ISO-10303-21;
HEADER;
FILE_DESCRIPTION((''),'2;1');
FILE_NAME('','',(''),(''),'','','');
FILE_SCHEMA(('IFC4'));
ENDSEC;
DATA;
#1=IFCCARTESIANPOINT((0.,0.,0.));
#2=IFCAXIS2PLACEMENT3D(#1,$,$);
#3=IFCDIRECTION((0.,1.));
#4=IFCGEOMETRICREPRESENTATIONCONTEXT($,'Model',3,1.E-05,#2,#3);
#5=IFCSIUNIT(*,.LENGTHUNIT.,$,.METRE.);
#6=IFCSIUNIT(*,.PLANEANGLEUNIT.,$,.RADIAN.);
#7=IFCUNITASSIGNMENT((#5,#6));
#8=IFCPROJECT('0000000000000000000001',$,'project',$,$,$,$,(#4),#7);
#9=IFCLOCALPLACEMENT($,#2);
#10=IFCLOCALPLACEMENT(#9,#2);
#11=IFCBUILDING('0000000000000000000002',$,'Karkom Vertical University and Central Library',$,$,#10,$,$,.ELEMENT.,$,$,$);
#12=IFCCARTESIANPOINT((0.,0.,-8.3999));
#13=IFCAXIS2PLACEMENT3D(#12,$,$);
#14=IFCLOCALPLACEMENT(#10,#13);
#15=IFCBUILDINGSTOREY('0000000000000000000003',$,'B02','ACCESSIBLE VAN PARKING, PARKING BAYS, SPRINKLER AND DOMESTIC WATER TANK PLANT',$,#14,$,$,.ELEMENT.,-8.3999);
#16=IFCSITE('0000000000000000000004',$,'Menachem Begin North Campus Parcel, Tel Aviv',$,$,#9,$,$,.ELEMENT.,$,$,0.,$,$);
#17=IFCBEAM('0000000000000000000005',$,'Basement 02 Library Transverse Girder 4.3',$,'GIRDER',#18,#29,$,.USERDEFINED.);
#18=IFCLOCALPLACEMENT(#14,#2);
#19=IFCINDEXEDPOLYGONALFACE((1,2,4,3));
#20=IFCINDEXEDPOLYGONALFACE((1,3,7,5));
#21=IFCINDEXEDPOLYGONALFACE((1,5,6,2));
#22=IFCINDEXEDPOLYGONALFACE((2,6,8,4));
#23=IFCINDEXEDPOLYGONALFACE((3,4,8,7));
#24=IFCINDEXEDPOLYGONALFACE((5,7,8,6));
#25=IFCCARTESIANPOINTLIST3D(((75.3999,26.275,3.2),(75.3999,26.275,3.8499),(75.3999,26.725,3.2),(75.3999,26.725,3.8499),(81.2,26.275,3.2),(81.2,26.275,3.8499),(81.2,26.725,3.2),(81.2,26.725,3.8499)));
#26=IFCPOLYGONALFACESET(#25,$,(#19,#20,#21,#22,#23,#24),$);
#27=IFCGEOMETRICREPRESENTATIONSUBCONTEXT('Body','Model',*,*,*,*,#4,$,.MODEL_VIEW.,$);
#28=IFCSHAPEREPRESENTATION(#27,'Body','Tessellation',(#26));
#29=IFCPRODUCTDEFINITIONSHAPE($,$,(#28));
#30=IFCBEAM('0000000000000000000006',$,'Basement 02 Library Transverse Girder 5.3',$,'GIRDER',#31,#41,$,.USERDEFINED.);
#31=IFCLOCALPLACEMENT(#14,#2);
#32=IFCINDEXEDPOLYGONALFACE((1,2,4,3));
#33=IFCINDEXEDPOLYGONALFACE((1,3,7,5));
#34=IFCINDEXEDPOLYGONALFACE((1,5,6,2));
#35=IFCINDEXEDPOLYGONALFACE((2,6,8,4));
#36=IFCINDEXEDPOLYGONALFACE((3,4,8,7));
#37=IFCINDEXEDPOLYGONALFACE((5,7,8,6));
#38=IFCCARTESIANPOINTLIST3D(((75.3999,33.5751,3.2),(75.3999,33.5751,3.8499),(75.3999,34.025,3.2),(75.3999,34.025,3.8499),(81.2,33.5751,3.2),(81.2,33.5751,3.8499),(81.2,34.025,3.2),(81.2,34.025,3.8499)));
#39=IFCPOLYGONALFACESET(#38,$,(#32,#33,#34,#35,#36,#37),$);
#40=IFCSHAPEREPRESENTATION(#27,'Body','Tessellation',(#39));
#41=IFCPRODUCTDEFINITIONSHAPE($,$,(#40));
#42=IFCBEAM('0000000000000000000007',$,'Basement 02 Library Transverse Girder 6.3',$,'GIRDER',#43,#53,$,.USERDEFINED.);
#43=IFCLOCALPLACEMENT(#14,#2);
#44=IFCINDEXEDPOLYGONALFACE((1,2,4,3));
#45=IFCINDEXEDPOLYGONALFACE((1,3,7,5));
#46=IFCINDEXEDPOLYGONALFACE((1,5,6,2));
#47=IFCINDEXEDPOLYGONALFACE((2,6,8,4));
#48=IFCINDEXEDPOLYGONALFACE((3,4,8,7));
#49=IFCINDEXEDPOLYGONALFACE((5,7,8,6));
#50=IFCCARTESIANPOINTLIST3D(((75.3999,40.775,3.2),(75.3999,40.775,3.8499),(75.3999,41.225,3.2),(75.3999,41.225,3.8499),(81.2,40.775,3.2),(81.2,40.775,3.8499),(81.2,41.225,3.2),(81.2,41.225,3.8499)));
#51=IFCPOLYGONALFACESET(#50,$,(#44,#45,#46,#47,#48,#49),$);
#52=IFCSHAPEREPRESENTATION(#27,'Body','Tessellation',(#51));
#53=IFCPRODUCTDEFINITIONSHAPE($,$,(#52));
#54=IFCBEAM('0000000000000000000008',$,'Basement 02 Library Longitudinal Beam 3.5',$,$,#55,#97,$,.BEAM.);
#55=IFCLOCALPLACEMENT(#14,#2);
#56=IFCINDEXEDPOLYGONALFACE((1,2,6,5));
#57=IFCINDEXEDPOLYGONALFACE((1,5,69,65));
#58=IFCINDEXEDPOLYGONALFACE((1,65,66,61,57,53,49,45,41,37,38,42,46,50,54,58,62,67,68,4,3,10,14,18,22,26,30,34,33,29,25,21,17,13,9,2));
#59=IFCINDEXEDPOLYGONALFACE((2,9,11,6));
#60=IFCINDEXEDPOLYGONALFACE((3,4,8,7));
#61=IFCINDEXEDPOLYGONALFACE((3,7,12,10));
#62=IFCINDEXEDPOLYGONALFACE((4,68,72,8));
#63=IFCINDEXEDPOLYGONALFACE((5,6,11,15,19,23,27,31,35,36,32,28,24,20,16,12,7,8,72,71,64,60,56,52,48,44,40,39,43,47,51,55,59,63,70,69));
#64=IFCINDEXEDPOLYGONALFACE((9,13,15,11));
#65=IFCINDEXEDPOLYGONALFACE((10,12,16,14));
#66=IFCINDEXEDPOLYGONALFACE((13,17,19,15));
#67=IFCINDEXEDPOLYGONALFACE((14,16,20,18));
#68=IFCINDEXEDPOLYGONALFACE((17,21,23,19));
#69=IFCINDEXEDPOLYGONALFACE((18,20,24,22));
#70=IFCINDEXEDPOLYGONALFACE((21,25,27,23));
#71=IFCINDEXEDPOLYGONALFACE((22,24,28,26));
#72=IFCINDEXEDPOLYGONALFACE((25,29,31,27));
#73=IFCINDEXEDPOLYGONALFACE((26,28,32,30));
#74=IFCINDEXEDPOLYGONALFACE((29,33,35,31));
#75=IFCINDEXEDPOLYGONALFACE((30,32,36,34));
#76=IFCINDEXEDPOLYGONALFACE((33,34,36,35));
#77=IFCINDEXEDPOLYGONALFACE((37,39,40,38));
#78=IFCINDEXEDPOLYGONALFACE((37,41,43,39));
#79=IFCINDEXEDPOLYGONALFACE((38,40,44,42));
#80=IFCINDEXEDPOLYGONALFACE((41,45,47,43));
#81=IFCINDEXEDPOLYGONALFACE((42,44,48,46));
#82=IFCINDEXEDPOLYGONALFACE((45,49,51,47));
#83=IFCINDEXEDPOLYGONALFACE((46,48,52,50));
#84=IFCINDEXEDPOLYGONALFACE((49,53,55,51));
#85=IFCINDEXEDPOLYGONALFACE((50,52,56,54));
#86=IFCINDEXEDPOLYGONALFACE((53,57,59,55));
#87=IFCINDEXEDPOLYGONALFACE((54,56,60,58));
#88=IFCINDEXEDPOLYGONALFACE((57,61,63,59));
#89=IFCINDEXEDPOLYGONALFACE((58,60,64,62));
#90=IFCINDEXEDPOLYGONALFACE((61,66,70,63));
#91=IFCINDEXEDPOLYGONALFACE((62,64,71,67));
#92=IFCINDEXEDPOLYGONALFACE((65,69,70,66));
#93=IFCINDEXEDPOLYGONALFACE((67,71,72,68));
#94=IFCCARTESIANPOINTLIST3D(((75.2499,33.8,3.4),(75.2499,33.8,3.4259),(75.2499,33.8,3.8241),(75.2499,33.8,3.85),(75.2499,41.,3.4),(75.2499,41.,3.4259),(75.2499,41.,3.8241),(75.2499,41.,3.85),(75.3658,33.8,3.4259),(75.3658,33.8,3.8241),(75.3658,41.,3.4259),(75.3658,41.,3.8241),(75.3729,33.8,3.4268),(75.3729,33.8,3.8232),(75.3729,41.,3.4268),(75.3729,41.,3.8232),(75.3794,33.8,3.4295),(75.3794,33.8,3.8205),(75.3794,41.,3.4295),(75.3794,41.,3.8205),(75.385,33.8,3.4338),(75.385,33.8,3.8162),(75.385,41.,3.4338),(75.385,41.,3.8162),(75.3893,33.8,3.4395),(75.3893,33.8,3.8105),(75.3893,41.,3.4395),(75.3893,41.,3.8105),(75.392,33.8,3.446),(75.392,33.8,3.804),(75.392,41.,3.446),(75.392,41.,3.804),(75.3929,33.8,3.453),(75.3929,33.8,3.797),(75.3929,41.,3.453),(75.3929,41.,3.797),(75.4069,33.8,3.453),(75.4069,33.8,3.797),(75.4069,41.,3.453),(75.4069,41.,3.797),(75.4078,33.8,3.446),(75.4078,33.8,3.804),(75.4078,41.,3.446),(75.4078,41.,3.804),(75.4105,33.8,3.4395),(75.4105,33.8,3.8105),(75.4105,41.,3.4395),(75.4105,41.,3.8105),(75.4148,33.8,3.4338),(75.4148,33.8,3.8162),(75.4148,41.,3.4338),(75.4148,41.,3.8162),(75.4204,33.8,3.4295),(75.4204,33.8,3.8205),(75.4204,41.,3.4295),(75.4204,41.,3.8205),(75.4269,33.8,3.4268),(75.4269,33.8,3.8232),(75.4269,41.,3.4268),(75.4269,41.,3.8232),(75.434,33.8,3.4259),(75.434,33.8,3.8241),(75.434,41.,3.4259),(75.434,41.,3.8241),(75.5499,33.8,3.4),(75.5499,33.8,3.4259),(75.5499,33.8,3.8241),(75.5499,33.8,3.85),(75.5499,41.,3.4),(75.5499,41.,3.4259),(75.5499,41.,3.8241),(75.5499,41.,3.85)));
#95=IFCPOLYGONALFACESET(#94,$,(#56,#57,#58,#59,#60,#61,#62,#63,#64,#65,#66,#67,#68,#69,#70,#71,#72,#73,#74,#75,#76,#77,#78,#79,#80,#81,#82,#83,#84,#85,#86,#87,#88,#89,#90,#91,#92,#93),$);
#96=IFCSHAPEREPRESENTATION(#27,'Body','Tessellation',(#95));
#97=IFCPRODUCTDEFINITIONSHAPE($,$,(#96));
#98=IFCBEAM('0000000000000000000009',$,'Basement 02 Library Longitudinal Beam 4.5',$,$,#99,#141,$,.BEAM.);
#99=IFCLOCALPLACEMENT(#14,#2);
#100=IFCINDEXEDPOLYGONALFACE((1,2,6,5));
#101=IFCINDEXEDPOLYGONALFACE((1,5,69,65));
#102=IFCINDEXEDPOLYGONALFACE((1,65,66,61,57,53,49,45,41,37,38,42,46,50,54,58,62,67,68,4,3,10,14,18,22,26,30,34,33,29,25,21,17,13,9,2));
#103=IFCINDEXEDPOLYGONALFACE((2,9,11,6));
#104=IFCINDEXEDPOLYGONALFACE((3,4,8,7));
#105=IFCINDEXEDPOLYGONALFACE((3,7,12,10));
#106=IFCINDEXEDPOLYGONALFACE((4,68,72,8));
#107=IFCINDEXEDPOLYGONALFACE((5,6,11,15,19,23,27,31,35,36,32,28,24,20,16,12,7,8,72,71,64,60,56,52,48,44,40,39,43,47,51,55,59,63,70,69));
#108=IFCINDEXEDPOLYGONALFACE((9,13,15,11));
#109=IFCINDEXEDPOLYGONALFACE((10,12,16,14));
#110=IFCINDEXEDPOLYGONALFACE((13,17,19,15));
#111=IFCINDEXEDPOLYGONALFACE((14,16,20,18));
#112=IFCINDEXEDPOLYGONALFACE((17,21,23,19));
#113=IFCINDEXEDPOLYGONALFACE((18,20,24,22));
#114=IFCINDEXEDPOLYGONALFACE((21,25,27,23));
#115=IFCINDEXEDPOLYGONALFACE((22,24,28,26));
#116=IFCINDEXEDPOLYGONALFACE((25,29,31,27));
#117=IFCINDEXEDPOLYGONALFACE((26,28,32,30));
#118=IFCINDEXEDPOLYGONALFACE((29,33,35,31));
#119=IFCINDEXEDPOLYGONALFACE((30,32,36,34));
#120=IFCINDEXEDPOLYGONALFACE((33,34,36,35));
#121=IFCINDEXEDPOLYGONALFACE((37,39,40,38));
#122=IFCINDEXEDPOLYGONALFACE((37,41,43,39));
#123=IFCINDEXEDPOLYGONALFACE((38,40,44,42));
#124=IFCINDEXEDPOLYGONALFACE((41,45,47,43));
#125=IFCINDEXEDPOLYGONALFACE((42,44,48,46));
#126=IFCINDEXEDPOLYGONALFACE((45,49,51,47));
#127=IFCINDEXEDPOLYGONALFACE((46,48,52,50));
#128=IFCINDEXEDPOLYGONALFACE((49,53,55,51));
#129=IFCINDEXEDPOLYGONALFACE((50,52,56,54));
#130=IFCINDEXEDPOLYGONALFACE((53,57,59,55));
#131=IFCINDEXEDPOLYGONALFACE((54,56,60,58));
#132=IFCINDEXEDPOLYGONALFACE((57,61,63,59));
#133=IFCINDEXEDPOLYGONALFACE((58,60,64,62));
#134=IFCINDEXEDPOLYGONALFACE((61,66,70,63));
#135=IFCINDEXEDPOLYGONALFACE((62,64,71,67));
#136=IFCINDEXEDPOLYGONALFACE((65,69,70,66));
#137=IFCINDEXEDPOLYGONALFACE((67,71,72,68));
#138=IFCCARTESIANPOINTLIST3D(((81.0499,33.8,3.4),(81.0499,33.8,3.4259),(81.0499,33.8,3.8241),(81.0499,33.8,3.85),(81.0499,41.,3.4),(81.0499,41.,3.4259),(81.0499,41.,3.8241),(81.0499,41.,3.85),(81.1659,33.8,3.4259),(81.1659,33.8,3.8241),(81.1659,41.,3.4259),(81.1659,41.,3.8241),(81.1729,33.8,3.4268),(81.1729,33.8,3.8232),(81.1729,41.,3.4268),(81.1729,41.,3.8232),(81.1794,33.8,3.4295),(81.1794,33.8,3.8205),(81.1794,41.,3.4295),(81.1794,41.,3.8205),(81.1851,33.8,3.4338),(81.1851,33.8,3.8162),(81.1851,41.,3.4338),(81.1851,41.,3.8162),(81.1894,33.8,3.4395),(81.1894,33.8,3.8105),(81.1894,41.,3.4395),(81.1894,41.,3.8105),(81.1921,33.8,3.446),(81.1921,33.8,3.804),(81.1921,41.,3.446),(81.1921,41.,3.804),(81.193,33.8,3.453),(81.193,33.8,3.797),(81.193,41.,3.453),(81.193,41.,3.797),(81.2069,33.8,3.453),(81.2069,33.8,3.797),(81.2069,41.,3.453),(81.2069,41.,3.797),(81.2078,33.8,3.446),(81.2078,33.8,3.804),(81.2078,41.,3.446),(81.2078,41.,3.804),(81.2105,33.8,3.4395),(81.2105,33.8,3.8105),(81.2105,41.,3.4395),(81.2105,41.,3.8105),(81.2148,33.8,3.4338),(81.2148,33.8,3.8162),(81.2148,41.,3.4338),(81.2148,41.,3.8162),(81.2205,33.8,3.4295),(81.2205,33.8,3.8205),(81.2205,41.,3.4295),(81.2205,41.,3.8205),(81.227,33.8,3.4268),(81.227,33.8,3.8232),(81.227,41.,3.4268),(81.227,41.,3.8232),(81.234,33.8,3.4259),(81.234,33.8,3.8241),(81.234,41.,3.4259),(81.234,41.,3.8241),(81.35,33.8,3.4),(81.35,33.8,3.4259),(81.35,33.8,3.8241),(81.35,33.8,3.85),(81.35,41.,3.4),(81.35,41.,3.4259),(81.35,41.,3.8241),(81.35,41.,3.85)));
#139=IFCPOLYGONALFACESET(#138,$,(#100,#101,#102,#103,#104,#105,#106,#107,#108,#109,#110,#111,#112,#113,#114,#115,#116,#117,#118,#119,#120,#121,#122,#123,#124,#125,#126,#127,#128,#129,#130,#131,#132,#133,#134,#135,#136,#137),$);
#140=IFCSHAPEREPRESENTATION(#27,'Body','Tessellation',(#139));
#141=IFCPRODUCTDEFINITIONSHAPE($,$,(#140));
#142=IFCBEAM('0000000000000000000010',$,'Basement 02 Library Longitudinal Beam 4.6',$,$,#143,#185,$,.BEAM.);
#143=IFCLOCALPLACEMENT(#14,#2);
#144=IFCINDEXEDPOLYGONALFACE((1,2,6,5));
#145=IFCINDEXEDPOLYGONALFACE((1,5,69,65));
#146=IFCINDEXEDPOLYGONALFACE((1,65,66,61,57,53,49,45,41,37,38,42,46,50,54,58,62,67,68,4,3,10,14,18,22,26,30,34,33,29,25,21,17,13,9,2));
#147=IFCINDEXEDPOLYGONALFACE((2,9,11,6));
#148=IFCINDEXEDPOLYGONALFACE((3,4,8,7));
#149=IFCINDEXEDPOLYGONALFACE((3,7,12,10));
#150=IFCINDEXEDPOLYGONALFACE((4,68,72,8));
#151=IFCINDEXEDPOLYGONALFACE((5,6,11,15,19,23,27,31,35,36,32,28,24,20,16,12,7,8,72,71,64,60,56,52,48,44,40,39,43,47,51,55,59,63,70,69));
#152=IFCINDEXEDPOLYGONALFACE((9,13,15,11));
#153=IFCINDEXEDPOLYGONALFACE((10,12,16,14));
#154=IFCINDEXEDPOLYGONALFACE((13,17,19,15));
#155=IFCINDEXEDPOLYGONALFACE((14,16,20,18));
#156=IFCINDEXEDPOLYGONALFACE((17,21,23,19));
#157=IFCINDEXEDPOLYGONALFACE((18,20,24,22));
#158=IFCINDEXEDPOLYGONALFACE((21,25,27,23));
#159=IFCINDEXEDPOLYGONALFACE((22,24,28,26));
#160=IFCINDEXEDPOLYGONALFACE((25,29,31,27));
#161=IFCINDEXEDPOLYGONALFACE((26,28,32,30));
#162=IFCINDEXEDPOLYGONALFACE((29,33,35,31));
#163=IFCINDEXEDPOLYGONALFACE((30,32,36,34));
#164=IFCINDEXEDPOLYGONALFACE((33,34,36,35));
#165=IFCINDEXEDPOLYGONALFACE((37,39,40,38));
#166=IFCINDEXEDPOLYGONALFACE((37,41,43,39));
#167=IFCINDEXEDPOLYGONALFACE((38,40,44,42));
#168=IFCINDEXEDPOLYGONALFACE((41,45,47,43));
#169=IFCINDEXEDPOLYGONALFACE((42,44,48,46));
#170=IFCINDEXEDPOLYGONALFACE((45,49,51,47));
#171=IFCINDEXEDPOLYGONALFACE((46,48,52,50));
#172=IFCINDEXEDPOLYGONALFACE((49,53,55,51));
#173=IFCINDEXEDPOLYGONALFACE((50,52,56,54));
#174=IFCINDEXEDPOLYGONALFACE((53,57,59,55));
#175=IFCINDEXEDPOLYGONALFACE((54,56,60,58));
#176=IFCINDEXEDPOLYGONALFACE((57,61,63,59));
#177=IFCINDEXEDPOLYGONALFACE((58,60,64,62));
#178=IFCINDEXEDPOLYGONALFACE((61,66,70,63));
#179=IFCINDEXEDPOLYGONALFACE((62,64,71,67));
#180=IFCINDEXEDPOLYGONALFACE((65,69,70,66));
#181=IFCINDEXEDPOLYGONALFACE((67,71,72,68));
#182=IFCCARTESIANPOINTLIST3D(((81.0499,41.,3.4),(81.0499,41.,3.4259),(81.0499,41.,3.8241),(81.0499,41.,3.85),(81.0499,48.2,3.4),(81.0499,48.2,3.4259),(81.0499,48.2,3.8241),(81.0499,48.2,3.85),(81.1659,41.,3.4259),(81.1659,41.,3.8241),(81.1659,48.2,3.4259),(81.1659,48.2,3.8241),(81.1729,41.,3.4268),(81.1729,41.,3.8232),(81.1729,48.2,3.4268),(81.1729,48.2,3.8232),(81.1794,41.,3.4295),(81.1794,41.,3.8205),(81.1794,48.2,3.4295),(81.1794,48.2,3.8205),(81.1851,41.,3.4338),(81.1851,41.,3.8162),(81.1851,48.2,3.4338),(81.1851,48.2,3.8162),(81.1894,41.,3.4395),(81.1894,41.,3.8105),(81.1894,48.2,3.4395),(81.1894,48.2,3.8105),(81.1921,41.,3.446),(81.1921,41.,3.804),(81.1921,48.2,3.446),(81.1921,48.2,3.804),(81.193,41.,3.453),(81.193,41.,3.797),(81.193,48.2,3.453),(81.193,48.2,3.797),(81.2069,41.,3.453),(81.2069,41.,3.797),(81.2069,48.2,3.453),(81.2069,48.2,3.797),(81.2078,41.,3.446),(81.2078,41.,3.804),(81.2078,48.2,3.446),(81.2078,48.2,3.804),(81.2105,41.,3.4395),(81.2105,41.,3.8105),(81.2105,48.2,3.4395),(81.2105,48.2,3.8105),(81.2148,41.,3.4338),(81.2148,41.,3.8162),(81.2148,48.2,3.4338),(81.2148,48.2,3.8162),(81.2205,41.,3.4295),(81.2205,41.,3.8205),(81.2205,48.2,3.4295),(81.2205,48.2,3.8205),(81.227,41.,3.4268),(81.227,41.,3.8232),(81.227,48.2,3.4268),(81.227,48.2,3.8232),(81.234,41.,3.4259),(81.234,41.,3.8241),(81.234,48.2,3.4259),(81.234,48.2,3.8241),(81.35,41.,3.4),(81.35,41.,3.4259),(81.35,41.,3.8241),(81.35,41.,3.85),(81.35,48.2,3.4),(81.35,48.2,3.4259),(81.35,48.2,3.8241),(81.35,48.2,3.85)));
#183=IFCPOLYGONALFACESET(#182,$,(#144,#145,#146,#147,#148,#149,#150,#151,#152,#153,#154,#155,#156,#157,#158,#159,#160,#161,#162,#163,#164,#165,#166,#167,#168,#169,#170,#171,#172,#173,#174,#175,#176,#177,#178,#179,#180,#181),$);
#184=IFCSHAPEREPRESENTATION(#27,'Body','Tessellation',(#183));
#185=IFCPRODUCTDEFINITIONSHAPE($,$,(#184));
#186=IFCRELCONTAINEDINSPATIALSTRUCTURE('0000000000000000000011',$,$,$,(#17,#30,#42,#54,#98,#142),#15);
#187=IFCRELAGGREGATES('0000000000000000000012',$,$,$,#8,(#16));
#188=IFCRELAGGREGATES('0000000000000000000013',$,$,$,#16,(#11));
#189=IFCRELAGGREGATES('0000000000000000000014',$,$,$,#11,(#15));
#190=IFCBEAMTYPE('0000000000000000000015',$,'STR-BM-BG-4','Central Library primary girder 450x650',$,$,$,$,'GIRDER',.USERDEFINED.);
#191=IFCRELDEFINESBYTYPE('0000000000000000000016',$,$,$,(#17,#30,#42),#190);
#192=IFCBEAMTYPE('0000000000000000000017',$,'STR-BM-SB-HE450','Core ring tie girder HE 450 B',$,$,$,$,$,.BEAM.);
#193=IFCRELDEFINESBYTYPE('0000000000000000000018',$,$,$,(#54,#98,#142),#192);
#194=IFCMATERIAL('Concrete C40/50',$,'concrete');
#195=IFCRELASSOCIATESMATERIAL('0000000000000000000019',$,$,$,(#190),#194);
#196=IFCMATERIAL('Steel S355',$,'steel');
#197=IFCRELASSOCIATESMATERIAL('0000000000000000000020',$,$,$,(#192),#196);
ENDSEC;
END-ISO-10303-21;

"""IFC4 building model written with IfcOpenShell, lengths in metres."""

from ifc_helpers import new_model, si_unit, direction, frame, origin, origin_with_axes, origin_2d, place, context, subcontext, project, spatial, rectangle, i_section, extrude, source, transform, mapped, material, material_profile, profile_set, type_object, element, save


model = new_model("IFC4")

# Units and contexts
model_context = context("Model", 3, precision=1e-05, world=origin(), true_north=direction((0.0, 1.0)))
body_context = subcontext(model_context, "Body", "Model", "MODEL_VIEW")
ifc_project = project(units=[si_unit("LENGTHUNIT", "METRE"), si_unit("PLANEANGLEUNIT", "RADIAN")], contexts=[model_context])

# Site, building, storey
site_placement = place(None, origin())
site = spatial("IfcSite", under=ifc_project, at=site_placement, Name="Menachem Begin North Campus Parcel, Tel Aviv", CompositionType="ELEMENT", RefElevation=0.0)
building_placement = place(site_placement, origin())
building = spatial("IfcBuilding", under=site, at=building_placement, Name="Karkom Vertical University and Central Library", CompositionType="ELEMENT")
storey_placement = place(building_placement, frame((0.0, 0.0, -8.3999)))
storey = spatial("IfcBuildingStorey", under=building, at=storey_placement, Name="B02", Description="ACCESSIBLE VAN PARKING, PARKING BAYS, SPRINKLER AND DOMESTIC WATER TANK PLANT", CompositionType="ELEMENT", Elevation=-8.3999)

# Shared definitions
ifc_material_1 = material(Name="Concrete C40/50", Category="concrete")

# Beams
ifc_material_profile_1 = material_profile(ifc_material_1, rectangle(XDim=0.45, YDim=0.6499, at=origin_2d()), Name="RCB-450x650")
ifc_profile_set_1 = profile_set([ifc_material_profile_1], Name="Concrete C40/50")
beam_type_1 = type_object("IfcBeamType", Name="STR-BM-BG-4", Description="Central Library primary girder 450x650", ElementType="GIRDER", PredefinedType="USERDEFINED", material=ifc_profile_set_1)
shared_shape_1 = source(origin_with_axes(), body_context, "Body", "SweptSolid", [
    extrude(rectangle(XDim=0.45, YDim=0.6499, at=origin_2d()), origin(), (0.0, 0.0, 1.0), 5.8),
])
for number, where, z_axis, x_axis, name in (
    (1, (75.3999, 26.5, 3.5249), (1.0, 0.0, 0.0), (0.0, 1.0, 0.0), "Basement 02 Library Transverse Girder 4.3"),
    (2, (75.3999, 33.8, 3.5249), (1.0, 0.0, 0.0), (0.0, 1.0, 0.0), "Basement 02 Library Transverse Girder 5.3"),
    (3, (75.3999, 41.0, 3.5249), (1.0, 0.0, 0.0), (0.0, 1.0, 0.0), "Basement 02 Library Transverse Girder 6.3"),
):
    element("IfcBeam", number, at=place(storey_placement, frame(where, z_axis=z_axis, x_axis=x_axis)), inside=storey, type_object=beam_type_1, Name=name, ObjectType="GIRDER", PredefinedType="USERDEFINED", context=body_context, shape_type="MappedRepresentation", body=[
        mapped(shared_shape_1, transform((0.0, 0.0, 0.0), scale=1.0)),
    ])
ifc_material_2 = material(Name="Steel S355", Category="steel")
ifc_material_profile_2 = material_profile(ifc_material_2, i_section(OverallWidth=0.3, OverallDepth=0.45, WebThickness=0.0139, FlangeThickness=0.0259, FilletRadius=0.0271, at=origin_2d()), Name="HE 450 B")
ifc_profile_set_2 = profile_set([ifc_material_profile_2], Name="Steel S355")
beam_type_2 = type_object("IfcBeamType", Name="STR-BM-SB-HE450", Description="Core ring tie girder HE 450 B", PredefinedType="BEAM", material=ifc_profile_set_2)
shared_shape_2 = source(origin_with_axes(), body_context, "Body", "SweptSolid", [
    extrude(i_section(OverallWidth=0.3, OverallDepth=0.45, WebThickness=0.0139, FlangeThickness=0.0259, FilletRadius=0.0271, at=origin_2d()), origin(), (0.0, 0.0, 1.0), 7.2),
])
for number, where, z_axis, x_axis, name in (
    (4, (75.3999, 33.8, 3.625), (0.0, 1.0, 0.0), (-1.0, 0.0, 0.0), "Basement 02 Library Longitudinal Beam 3.5"),
    (5, (81.2, 33.8, 3.625), (0.0, 1.0, 0.0), (-1.0, 0.0, 0.0), "Basement 02 Library Longitudinal Beam 4.5"),
    (6, (81.2, 41.0, 3.625), (0.0, 1.0, 0.0), (-1.0, 0.0, 0.0), "Basement 02 Library Longitudinal Beam 4.6"),
):
    element("IfcBeam", number, at=place(storey_placement, frame(where, z_axis=z_axis, x_axis=x_axis)), inside=storey, type_object=beam_type_2, Name=name, PredefinedType="BEAM", context=body_context, shape_type="MappedRepresentation", body=[
        mapped(shared_shape_2, transform((0.0, 0.0, 0.0), scale=1.0)),
    ])

save(model, "model.ifc")
